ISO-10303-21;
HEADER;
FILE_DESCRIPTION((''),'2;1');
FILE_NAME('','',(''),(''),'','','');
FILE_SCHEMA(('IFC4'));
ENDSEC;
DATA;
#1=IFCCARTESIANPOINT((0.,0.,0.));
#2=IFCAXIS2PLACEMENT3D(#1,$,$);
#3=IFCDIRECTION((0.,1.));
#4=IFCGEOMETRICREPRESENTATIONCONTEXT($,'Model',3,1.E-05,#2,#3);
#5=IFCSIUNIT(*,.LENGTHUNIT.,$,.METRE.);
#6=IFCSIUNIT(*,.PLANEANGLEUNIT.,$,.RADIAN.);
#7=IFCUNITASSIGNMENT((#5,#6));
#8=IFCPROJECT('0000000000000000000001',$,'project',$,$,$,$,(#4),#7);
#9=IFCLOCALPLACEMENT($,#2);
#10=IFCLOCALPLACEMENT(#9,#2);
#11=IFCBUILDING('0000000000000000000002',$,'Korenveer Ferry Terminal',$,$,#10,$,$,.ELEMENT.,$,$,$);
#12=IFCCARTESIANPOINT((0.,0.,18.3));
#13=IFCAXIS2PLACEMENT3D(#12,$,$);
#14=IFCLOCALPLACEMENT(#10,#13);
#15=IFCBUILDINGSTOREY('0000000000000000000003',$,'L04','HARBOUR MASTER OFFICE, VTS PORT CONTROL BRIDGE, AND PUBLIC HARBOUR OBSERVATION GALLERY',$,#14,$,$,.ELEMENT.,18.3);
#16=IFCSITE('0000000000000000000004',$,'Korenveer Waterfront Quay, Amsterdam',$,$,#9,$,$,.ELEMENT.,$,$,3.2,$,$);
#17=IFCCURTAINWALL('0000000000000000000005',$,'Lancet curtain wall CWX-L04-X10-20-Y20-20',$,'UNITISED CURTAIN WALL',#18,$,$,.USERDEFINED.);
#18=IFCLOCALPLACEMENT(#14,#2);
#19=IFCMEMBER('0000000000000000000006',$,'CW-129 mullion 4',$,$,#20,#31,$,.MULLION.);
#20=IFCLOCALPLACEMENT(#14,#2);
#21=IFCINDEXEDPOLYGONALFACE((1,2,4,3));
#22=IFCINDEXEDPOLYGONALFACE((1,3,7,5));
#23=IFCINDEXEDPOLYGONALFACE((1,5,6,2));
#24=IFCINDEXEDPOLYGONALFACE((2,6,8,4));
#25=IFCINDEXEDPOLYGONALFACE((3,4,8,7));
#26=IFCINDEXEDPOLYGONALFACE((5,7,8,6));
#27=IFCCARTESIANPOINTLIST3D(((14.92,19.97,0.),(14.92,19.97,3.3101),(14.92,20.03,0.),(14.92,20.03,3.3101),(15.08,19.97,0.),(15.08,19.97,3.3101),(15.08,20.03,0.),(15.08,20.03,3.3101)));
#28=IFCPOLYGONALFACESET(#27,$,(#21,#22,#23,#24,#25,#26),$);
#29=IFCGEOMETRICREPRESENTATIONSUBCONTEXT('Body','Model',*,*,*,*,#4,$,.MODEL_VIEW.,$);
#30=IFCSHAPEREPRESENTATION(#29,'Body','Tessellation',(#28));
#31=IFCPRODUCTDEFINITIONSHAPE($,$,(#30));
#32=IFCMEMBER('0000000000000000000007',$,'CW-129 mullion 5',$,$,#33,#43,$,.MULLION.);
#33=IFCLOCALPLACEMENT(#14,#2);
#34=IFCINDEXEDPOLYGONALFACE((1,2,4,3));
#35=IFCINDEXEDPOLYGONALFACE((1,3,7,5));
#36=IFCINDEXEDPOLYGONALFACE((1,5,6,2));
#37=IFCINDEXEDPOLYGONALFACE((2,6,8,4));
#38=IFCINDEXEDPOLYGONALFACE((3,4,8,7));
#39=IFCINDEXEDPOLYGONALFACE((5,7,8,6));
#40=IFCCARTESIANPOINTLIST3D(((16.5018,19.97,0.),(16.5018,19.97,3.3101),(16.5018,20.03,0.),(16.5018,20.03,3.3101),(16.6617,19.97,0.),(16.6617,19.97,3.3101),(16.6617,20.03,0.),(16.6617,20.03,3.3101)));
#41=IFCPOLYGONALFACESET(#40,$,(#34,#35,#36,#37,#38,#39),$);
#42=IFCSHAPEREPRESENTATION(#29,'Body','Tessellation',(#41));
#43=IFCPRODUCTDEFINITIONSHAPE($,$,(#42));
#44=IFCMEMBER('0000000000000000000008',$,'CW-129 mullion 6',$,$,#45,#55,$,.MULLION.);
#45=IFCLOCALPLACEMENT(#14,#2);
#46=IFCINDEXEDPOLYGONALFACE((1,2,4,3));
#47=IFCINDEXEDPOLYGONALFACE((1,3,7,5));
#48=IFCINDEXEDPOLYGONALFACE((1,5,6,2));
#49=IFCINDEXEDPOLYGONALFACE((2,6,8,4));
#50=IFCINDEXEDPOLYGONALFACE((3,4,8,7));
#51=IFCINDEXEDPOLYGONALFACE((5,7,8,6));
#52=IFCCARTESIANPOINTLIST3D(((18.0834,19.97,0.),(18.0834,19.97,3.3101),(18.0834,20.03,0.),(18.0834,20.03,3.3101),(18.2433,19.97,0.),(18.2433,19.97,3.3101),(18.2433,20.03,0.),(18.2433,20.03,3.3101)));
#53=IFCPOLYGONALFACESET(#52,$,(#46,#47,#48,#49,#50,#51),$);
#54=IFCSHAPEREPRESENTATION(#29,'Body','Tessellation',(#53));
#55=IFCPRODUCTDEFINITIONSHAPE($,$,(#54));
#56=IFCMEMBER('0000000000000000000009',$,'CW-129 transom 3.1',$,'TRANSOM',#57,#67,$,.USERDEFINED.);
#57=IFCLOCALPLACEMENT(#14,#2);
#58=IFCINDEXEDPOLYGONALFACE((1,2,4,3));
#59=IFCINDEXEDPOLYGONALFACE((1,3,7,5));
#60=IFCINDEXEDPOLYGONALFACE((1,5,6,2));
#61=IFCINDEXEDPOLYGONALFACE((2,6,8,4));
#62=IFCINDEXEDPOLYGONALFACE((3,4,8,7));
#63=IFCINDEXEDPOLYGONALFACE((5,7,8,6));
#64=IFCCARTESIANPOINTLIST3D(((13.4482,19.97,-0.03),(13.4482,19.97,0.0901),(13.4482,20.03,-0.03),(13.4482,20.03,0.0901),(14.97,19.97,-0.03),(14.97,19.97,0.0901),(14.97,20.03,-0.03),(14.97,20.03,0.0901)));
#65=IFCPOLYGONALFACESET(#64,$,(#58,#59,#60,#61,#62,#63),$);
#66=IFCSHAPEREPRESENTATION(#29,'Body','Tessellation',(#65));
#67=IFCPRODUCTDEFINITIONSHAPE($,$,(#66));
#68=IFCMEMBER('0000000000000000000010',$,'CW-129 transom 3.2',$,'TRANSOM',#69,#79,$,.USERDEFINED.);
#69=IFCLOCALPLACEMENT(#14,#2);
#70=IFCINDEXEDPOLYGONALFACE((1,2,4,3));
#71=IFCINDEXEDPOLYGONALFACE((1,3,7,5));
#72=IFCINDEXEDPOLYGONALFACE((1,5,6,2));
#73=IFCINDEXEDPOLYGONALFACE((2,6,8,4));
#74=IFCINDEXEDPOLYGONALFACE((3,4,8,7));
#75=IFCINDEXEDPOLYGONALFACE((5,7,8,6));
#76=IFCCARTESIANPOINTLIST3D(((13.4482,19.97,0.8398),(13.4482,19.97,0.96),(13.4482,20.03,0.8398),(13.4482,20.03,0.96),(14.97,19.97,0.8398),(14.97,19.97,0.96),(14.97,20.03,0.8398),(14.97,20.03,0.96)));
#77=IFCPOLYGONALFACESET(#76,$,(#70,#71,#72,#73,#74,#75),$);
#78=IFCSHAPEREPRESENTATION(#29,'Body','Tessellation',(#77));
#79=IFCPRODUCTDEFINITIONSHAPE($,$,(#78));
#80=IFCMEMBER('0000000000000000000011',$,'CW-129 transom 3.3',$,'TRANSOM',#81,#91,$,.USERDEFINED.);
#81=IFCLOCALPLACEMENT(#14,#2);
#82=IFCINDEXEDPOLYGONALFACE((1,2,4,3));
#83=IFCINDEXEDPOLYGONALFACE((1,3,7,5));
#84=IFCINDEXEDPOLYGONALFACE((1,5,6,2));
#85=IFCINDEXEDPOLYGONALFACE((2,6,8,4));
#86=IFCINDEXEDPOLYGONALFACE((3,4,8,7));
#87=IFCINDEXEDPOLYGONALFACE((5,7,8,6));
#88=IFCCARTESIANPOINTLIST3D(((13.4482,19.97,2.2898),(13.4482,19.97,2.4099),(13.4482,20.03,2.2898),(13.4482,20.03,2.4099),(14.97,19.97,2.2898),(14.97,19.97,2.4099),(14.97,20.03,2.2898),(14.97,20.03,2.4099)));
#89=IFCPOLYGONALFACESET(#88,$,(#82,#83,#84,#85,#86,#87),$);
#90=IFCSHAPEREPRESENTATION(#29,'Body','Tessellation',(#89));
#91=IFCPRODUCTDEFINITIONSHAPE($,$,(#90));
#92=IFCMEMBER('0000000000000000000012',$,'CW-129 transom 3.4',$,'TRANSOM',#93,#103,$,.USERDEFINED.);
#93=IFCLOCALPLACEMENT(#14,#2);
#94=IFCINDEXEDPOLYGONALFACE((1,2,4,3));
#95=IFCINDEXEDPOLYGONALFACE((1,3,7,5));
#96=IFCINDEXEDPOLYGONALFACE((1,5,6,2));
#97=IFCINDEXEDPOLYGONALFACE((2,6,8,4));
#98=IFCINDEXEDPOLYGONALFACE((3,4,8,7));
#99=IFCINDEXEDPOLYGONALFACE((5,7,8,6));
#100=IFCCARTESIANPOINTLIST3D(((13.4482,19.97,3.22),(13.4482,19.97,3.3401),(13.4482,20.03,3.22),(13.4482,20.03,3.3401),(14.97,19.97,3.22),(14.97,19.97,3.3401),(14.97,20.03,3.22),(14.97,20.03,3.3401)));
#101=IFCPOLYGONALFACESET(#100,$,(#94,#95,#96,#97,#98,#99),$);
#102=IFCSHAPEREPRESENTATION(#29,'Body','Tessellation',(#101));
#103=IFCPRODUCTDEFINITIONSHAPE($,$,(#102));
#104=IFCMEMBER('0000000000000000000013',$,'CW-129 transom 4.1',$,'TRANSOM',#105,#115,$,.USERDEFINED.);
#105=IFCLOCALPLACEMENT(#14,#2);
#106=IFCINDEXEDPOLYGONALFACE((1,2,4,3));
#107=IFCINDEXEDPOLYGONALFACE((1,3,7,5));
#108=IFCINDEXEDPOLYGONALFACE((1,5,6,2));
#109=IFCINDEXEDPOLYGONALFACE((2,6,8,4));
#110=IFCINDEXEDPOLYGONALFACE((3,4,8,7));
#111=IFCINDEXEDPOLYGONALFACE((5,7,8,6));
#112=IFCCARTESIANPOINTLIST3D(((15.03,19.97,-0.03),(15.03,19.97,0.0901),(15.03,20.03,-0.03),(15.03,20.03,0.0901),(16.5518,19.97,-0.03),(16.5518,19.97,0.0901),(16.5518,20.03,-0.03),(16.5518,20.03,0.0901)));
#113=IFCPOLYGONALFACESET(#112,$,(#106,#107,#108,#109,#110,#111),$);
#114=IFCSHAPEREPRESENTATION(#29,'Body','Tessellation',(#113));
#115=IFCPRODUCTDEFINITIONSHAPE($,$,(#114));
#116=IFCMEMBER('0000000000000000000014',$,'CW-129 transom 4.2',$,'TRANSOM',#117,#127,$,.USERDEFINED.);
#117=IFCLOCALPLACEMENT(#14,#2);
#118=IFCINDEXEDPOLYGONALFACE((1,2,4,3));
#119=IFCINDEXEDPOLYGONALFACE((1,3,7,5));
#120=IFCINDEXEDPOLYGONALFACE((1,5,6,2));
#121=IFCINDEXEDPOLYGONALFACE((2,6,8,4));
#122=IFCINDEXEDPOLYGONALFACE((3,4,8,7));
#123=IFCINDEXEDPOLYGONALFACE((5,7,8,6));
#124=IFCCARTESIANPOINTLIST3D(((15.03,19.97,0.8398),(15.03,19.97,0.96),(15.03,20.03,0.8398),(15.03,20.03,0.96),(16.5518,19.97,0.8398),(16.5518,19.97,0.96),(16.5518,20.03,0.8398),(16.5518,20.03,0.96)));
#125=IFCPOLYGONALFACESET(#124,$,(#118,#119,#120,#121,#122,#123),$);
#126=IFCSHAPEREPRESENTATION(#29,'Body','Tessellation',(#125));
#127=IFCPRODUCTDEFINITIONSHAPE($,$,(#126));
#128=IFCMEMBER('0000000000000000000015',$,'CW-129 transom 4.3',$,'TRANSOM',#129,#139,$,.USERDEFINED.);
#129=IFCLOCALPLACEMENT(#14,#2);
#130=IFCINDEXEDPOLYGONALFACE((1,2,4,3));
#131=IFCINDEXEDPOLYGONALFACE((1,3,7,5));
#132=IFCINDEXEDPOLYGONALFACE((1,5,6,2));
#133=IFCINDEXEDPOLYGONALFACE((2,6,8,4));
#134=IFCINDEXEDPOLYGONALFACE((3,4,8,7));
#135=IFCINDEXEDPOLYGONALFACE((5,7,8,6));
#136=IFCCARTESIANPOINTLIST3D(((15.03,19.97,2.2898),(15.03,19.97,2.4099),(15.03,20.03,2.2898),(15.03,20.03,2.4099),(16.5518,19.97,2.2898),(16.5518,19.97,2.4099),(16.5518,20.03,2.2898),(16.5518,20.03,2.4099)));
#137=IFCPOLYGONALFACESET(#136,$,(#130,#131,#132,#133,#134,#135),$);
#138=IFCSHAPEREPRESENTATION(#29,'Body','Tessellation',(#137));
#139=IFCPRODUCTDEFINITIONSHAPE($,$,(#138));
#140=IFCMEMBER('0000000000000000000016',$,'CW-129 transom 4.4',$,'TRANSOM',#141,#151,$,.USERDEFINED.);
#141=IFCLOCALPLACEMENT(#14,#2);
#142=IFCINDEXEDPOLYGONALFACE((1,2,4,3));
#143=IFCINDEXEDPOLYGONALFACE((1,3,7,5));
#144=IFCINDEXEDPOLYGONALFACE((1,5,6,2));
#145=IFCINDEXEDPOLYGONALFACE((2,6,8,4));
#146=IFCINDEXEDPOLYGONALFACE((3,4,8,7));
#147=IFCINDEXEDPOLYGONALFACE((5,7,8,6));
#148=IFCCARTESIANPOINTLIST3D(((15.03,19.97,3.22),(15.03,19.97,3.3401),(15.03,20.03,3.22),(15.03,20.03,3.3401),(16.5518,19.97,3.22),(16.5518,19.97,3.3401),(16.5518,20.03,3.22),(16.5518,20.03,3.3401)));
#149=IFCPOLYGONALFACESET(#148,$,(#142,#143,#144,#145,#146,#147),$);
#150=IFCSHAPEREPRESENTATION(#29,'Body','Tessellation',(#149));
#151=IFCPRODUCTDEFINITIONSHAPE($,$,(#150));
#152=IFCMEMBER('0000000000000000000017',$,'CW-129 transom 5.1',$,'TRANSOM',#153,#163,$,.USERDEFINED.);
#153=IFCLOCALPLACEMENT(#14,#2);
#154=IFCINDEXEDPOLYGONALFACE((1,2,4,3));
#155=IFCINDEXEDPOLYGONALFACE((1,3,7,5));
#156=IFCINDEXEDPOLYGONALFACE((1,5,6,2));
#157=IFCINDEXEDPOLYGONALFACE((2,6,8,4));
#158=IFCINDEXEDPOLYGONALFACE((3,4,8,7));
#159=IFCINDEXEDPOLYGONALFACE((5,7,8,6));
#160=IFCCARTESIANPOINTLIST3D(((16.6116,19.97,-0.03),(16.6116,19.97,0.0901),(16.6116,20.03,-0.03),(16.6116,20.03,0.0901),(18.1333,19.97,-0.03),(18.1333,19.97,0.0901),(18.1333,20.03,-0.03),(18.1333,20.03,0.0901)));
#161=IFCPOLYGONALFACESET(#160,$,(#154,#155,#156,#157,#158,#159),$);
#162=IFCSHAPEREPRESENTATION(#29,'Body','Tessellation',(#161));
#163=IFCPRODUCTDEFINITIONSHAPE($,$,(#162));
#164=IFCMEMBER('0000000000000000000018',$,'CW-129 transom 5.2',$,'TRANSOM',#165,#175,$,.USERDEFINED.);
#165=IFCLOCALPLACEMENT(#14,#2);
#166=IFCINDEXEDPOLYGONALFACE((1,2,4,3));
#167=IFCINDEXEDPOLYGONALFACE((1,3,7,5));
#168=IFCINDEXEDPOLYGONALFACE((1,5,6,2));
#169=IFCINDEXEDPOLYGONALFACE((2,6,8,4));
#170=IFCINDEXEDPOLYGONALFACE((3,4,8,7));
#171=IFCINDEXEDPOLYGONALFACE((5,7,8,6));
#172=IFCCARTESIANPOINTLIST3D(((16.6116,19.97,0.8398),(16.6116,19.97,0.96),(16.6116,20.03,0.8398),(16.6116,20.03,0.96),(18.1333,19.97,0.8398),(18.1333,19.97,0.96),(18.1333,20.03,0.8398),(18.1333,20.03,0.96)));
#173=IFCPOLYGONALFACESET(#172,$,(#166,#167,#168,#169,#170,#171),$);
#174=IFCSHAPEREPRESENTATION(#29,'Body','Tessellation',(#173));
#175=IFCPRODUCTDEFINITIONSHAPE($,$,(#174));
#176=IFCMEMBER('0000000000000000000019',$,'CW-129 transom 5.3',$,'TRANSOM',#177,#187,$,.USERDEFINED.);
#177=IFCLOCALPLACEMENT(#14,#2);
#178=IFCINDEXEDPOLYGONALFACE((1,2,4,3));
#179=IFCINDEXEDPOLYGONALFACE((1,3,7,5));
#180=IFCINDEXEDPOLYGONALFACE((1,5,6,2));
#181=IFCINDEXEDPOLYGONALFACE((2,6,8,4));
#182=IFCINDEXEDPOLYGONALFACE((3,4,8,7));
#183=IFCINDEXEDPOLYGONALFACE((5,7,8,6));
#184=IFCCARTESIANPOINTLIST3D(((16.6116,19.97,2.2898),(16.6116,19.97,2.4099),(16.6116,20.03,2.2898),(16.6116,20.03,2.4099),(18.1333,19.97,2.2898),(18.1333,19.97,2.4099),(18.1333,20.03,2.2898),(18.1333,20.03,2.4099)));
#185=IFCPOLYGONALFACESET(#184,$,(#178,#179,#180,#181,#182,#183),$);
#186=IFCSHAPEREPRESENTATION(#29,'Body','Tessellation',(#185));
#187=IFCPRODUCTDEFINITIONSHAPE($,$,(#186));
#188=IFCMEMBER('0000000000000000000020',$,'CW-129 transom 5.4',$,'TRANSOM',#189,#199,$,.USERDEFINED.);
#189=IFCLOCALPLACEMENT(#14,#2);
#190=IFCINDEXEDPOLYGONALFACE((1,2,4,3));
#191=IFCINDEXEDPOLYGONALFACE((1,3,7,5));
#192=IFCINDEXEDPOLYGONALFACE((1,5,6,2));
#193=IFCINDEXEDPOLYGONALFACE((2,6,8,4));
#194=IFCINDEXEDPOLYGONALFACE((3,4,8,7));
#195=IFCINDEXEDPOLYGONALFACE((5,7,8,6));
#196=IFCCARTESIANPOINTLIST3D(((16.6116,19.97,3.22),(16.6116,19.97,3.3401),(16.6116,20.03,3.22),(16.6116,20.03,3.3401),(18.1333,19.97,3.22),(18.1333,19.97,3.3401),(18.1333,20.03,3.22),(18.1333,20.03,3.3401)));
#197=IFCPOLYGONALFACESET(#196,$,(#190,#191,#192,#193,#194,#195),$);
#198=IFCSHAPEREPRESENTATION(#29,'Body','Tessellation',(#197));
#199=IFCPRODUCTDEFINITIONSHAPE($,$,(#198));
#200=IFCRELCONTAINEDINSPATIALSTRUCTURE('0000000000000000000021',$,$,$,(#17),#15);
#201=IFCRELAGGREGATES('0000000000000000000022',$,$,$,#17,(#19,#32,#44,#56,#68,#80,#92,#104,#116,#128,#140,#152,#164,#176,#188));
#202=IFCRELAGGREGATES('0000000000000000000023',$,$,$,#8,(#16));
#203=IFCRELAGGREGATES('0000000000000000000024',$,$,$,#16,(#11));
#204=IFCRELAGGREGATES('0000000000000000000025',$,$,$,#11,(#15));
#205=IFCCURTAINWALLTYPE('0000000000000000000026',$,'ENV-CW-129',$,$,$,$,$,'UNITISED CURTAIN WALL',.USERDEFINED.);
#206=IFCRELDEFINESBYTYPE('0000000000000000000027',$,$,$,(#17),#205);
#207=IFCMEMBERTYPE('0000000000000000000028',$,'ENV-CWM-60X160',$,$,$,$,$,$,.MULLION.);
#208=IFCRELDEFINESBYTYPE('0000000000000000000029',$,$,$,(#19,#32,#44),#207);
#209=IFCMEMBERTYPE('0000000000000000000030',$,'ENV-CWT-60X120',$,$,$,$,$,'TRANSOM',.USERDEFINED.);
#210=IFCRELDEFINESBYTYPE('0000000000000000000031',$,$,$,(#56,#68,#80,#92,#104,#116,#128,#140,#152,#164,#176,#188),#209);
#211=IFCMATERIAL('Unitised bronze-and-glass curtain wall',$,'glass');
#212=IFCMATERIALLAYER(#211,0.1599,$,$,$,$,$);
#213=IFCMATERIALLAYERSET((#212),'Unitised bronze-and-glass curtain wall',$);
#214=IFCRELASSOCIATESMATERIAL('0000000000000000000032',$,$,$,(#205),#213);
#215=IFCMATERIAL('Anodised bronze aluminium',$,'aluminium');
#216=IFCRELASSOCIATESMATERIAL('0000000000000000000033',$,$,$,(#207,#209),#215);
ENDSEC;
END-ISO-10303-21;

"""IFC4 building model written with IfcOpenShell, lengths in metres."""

from ifc_helpers import new_model, si_unit, direction, frame, origin, origin_2d, place, context, subcontext, project, spatial, rectangle, extrude, material, layer, layer_set, material_profile, profile_set, type_object, element, aggregate, save


model = new_model("IFC4")

# Units and contexts
model_context = context("Model", 3, precision=1e-05, world=origin(), true_north=direction((0.0, 1.0)))
body_context = subcontext(model_context, "Body", "Model", "MODEL_VIEW")
ifc_project = project(units=[si_unit("LENGTHUNIT", "METRE"), si_unit("PLANEANGLEUNIT", "RADIAN")], contexts=[model_context])

# Site, building, storey
site_placement = place(None, origin())
site = spatial("IfcSite", under=ifc_project, at=site_placement, Name="Korenveer Waterfront Quay, Amsterdam", CompositionType="ELEMENT", RefElevation=3.2)
building_placement = place(site_placement, origin())
building = spatial("IfcBuilding", under=site, at=building_placement, Name="Korenveer Ferry Terminal", CompositionType="ELEMENT")
storey_placement = place(building_placement, frame((0.0, 0.0, 18.3)))
storey = spatial("IfcBuildingStorey", under=building, at=storey_placement, Name="L04", Description="HARBOUR MASTER OFFICE, VTS PORT CONTROL BRIDGE, AND PUBLIC HARBOUR OBSERVATION GALLERY", CompositionType="ELEMENT", Elevation=18.3)

# Curtain wall, members
ifc_material_1 = material(Name="Unitised bronze-and-glass curtain wall", Category="glass")
ifc_layer_1 = layer(ifc_material_1, 0.1599)
ifc_layer_set_1 = layer_set([ifc_layer_1], Name="Unitised bronze-and-glass curtain wall")
curtain_wall_type = type_object("IfcCurtainWallType", Name="ENV-CW-129", ElementType="UNITISED CURTAIN WALL", PredefinedType="USERDEFINED", material=ifc_layer_set_1)
curtain_wall_placement = place(storey_placement, frame((10.2549, 20.0, 0.0)))
curtain_wall = element("IfcCurtainWall", 1, at=curtain_wall_placement, inside=storey, type_object=curtain_wall_type, Name="Lancet curtain wall CWX-L04-X10-20-Y20-20", ObjectType="UNITISED CURTAIN WALL", PredefinedType="USERDEFINED")
ifc_material_2 = material(Name="Anodised bronze aluminium", Category="aluminium")
ifc_material_profile_1 = material_profile(ifc_material_2, rectangle(XDim=0.0601, YDim=0.1599, at=origin_2d()), Name="ALU 60x160")
ifc_profile_set_1 = profile_set([ifc_material_profile_1], Name="Anodised bronze aluminium")
member_type_1 = type_object("IfcMemberType", Name="ENV-CWM-60X160", PredefinedType="MULLION", material=ifc_profile_set_1)
member_1_placement = place(storey_placement, frame((15.0, 20.0, 0.0), z_axis=(0.0, 0.0, 1.0), x_axis=(0.0, 1.0, 0.0)))
member_1 = element("IfcMember", 2, at=member_1_placement, type_object=member_type_1, Name="CW-129 mullion 4", PredefinedType="MULLION", context=body_context, shape_type="SweptSolid", body=[
    extrude(rectangle(XDim=0.0601, YDim=0.1599, at=origin_2d()), origin(), (0.0, 0.0, 1.0), 3.3101),
])
member_2_placement = place(storey_placement, frame((16.5818, 20.0, 0.0), z_axis=(0.0, 0.0, 1.0), x_axis=(0.0, 1.0, 0.0)))
member_2 = element("IfcMember", 3, at=member_2_placement, type_object=member_type_1, Name="CW-129 mullion 5", PredefinedType="MULLION", context=body_context, shape_type="SweptSolid", body=[
    extrude(rectangle(XDim=0.0601, YDim=0.1599, at=origin_2d()), origin(), (0.0, 0.0, 1.0), 3.3101),
])
member_3_placement = place(storey_placement, frame((18.1633, 20.0, 0.0), z_axis=(0.0, 0.0, 1.0), x_axis=(0.0, 1.0, 0.0)))
member_3 = element("IfcMember", 4, at=member_3_placement, type_object=member_type_1, Name="CW-129 mullion 6", PredefinedType="MULLION", context=body_context, shape_type="SweptSolid", body=[
    extrude(rectangle(XDim=0.0601, YDim=0.1599, at=origin_2d()), origin(), (0.0, 0.0, 1.0), 3.3101),
])
ifc_material_profile_2 = material_profile(ifc_material_2, rectangle(XDim=0.0601, YDim=0.1201, at=origin_2d()), Name="ALU 60x120")
ifc_profile_set_2 = profile_set([ifc_material_profile_2], Name="Anodised bronze aluminium")
member_type_2 = type_object("IfcMemberType", Name="ENV-CWT-60X120", ElementType="TRANSOM", PredefinedType="USERDEFINED", material=ifc_profile_set_2)
member_4_placement = place(storey_placement, frame((13.4482, 20.0, 0.03), z_axis=(1.0, 0.0, 0.0), x_axis=(0.0, 1.0, 0.0)))
member_4 = element("IfcMember", 5, at=member_4_placement, type_object=member_type_2, Name="CW-129 transom 3.1", ObjectType="TRANSOM", PredefinedType="USERDEFINED", context=body_context, shape_type="SweptSolid", body=[
    extrude(rectangle(XDim=0.0601, YDim=0.1201, at=origin_2d()), origin(), (0.0, 0.0, 1.0), 1.5217),
])
member_5_placement = place(storey_placement, frame((13.4482, 20.0, 0.8999), z_axis=(1.0, 0.0, 0.0), x_axis=(0.0, 1.0, 0.0)))
member_5 = element("IfcMember", 6, at=member_5_placement, type_object=member_type_2, Name="CW-129 transom 3.2", ObjectType="TRANSOM", PredefinedType="USERDEFINED", context=body_context, shape_type="SweptSolid", body=[
    extrude(rectangle(XDim=0.0601, YDim=0.1201, at=origin_2d()), origin(), (0.0, 0.0, 1.0), 1.5217),
])
member_6_placement = place(storey_placement, frame((13.4482, 20.0, 2.3499), z_axis=(1.0, 0.0, 0.0), x_axis=(0.0, 1.0, 0.0)))
member_6 = element("IfcMember", 7, at=member_6_placement, type_object=member_type_2, Name="CW-129 transom 3.3", ObjectType="TRANSOM", PredefinedType="USERDEFINED", context=body_context, shape_type="SweptSolid", body=[
    extrude(rectangle(XDim=0.0601, YDim=0.1201, at=origin_2d()), origin(), (0.0, 0.0, 1.0), 1.5217),
])
member_7_placement = place(storey_placement, frame((13.4482, 20.0, 3.28), z_axis=(1.0, 0.0, 0.0), x_axis=(0.0, 1.0, 0.0)))
member_7 = element("IfcMember", 8, at=member_7_placement, type_object=member_type_2, Name="CW-129 transom 3.4", ObjectType="TRANSOM", PredefinedType="USERDEFINED", context=body_context, shape_type="SweptSolid", body=[
    extrude(rectangle(XDim=0.0601, YDim=0.1201, at=origin_2d()), origin(), (0.0, 0.0, 1.0), 1.5217),
])
member_8_placement = place(storey_placement, frame((15.03, 20.0, 0.03), z_axis=(1.0, 0.0, 0.0), x_axis=(0.0, 1.0, 0.0)))
member_8 = element("IfcMember", 9, at=member_8_placement, type_object=member_type_2, Name="CW-129 transom 4.1", ObjectType="TRANSOM", PredefinedType="USERDEFINED", context=body_context, shape_type="SweptSolid", body=[
    extrude(rectangle(XDim=0.0601, YDim=0.1201, at=origin_2d()), origin(), (0.0, 0.0, 1.0), 1.5217),
])
member_9_placement = place(storey_placement, frame((15.03, 20.0, 0.8999), z_axis=(1.0, 0.0, 0.0), x_axis=(0.0, 1.0, 0.0)))
member_9 = element("IfcMember", 10, at=member_9_placement, type_object=member_type_2, Name="CW-129 transom 4.2", ObjectType="TRANSOM", PredefinedType="USERDEFINED", context=body_context, shape_type="SweptSolid", body=[
    extrude(rectangle(XDim=0.0601, YDim=0.1201, at=origin_2d()), origin(), (0.0, 0.0, 1.0), 1.5217),
])
member_10_placement = place(storey_placement, frame((15.03, 20.0, 2.3499), z_axis=(1.0, 0.0, 0.0), x_axis=(0.0, 1.0, 0.0)))
member_10 = element("IfcMember", 11, at=member_10_placement, type_object=member_type_2, Name="CW-129 transom 4.3", ObjectType="TRANSOM", PredefinedType="USERDEFINED", context=body_context, shape_type="SweptSolid", body=[
    extrude(rectangle(XDim=0.0601, YDim=0.1201, at=origin_2d()), origin(), (0.0, 0.0, 1.0), 1.5217),
])
member_11_placement = place(storey_placement, frame((15.03, 20.0, 3.28), z_axis=(1.0, 0.0, 0.0), x_axis=(0.0, 1.0, 0.0)))
member_11 = element("IfcMember", 12, at=member_11_placement, type_object=member_type_2, Name="CW-129 transom 4.4", ObjectType="TRANSOM", PredefinedType="USERDEFINED", context=body_context, shape_type="SweptSolid", body=[
    extrude(rectangle(XDim=0.0601, YDim=0.1201, at=origin_2d()), origin(), (0.0, 0.0, 1.0), 1.5217),
])
member_12_placement = place(storey_placement, frame((16.6116, 20.0, 0.03), z_axis=(1.0, 0.0, 0.0), x_axis=(0.0, 1.0, 0.0)))
member_12 = element("IfcMember", 13, at=member_12_placement, type_object=member_type_2, Name="CW-129 transom 5.1", ObjectType="TRANSOM", PredefinedType="USERDEFINED", context=body_context, shape_type="SweptSolid", body=[
    extrude(rectangle(XDim=0.0601, YDim=0.1201, at=origin_2d()), origin(), (0.0, 0.0, 1.0), 1.5217),
])
member_13_placement = place(storey_placement, frame((16.6116, 20.0, 0.8999), z_axis=(1.0, 0.0, 0.0), x_axis=(0.0, 1.0, 0.0)))
member_13 = element("IfcMember", 14, at=member_13_placement, type_object=member_type_2, Name="CW-129 transom 5.2", ObjectType="TRANSOM", PredefinedType="USERDEFINED", context=body_context, shape_type="SweptSolid", body=[
    extrude(rectangle(XDim=0.0601, YDim=0.1201, at=origin_2d()), origin(), (0.0, 0.0, 1.0), 1.5217),
])
member_14_placement = place(storey_placement, frame((16.6116, 20.0, 2.3499), z_axis=(1.0, 0.0, 0.0), x_axis=(0.0, 1.0, 0.0)))
member_14 = element("IfcMember", 15, at=member_14_placement, type_object=member_type_2, Name="CW-129 transom 5.3", ObjectType="TRANSOM", PredefinedType="USERDEFINED", context=body_context, shape_type="SweptSolid", body=[
    extrude(rectangle(XDim=0.0601, YDim=0.1201, at=origin_2d()), origin(), (0.0, 0.0, 1.0), 1.5217),
])
member_15_placement = place(storey_placement, frame((16.6116, 20.0, 3.28), z_axis=(1.0, 0.0, 0.0), x_axis=(0.0, 1.0, 0.0)))
member_15 = element("IfcMember", 16, at=member_15_placement, type_object=member_type_2, Name="CW-129 transom 5.4", ObjectType="TRANSOM", PredefinedType="USERDEFINED", context=body_context, shape_type="SweptSolid", body=[
    extrude(rectangle(XDim=0.0601, YDim=0.1201, at=origin_2d()), origin(), (0.0, 0.0, 1.0), 1.5217),
])

aggregate(curtain_wall, [member_1, member_2, member_3, member_4, member_5, member_6, member_7, member_8, member_9, member_10, member_11, member_12, member_13, member_14, member_15])

save(model, "model.ifc")
